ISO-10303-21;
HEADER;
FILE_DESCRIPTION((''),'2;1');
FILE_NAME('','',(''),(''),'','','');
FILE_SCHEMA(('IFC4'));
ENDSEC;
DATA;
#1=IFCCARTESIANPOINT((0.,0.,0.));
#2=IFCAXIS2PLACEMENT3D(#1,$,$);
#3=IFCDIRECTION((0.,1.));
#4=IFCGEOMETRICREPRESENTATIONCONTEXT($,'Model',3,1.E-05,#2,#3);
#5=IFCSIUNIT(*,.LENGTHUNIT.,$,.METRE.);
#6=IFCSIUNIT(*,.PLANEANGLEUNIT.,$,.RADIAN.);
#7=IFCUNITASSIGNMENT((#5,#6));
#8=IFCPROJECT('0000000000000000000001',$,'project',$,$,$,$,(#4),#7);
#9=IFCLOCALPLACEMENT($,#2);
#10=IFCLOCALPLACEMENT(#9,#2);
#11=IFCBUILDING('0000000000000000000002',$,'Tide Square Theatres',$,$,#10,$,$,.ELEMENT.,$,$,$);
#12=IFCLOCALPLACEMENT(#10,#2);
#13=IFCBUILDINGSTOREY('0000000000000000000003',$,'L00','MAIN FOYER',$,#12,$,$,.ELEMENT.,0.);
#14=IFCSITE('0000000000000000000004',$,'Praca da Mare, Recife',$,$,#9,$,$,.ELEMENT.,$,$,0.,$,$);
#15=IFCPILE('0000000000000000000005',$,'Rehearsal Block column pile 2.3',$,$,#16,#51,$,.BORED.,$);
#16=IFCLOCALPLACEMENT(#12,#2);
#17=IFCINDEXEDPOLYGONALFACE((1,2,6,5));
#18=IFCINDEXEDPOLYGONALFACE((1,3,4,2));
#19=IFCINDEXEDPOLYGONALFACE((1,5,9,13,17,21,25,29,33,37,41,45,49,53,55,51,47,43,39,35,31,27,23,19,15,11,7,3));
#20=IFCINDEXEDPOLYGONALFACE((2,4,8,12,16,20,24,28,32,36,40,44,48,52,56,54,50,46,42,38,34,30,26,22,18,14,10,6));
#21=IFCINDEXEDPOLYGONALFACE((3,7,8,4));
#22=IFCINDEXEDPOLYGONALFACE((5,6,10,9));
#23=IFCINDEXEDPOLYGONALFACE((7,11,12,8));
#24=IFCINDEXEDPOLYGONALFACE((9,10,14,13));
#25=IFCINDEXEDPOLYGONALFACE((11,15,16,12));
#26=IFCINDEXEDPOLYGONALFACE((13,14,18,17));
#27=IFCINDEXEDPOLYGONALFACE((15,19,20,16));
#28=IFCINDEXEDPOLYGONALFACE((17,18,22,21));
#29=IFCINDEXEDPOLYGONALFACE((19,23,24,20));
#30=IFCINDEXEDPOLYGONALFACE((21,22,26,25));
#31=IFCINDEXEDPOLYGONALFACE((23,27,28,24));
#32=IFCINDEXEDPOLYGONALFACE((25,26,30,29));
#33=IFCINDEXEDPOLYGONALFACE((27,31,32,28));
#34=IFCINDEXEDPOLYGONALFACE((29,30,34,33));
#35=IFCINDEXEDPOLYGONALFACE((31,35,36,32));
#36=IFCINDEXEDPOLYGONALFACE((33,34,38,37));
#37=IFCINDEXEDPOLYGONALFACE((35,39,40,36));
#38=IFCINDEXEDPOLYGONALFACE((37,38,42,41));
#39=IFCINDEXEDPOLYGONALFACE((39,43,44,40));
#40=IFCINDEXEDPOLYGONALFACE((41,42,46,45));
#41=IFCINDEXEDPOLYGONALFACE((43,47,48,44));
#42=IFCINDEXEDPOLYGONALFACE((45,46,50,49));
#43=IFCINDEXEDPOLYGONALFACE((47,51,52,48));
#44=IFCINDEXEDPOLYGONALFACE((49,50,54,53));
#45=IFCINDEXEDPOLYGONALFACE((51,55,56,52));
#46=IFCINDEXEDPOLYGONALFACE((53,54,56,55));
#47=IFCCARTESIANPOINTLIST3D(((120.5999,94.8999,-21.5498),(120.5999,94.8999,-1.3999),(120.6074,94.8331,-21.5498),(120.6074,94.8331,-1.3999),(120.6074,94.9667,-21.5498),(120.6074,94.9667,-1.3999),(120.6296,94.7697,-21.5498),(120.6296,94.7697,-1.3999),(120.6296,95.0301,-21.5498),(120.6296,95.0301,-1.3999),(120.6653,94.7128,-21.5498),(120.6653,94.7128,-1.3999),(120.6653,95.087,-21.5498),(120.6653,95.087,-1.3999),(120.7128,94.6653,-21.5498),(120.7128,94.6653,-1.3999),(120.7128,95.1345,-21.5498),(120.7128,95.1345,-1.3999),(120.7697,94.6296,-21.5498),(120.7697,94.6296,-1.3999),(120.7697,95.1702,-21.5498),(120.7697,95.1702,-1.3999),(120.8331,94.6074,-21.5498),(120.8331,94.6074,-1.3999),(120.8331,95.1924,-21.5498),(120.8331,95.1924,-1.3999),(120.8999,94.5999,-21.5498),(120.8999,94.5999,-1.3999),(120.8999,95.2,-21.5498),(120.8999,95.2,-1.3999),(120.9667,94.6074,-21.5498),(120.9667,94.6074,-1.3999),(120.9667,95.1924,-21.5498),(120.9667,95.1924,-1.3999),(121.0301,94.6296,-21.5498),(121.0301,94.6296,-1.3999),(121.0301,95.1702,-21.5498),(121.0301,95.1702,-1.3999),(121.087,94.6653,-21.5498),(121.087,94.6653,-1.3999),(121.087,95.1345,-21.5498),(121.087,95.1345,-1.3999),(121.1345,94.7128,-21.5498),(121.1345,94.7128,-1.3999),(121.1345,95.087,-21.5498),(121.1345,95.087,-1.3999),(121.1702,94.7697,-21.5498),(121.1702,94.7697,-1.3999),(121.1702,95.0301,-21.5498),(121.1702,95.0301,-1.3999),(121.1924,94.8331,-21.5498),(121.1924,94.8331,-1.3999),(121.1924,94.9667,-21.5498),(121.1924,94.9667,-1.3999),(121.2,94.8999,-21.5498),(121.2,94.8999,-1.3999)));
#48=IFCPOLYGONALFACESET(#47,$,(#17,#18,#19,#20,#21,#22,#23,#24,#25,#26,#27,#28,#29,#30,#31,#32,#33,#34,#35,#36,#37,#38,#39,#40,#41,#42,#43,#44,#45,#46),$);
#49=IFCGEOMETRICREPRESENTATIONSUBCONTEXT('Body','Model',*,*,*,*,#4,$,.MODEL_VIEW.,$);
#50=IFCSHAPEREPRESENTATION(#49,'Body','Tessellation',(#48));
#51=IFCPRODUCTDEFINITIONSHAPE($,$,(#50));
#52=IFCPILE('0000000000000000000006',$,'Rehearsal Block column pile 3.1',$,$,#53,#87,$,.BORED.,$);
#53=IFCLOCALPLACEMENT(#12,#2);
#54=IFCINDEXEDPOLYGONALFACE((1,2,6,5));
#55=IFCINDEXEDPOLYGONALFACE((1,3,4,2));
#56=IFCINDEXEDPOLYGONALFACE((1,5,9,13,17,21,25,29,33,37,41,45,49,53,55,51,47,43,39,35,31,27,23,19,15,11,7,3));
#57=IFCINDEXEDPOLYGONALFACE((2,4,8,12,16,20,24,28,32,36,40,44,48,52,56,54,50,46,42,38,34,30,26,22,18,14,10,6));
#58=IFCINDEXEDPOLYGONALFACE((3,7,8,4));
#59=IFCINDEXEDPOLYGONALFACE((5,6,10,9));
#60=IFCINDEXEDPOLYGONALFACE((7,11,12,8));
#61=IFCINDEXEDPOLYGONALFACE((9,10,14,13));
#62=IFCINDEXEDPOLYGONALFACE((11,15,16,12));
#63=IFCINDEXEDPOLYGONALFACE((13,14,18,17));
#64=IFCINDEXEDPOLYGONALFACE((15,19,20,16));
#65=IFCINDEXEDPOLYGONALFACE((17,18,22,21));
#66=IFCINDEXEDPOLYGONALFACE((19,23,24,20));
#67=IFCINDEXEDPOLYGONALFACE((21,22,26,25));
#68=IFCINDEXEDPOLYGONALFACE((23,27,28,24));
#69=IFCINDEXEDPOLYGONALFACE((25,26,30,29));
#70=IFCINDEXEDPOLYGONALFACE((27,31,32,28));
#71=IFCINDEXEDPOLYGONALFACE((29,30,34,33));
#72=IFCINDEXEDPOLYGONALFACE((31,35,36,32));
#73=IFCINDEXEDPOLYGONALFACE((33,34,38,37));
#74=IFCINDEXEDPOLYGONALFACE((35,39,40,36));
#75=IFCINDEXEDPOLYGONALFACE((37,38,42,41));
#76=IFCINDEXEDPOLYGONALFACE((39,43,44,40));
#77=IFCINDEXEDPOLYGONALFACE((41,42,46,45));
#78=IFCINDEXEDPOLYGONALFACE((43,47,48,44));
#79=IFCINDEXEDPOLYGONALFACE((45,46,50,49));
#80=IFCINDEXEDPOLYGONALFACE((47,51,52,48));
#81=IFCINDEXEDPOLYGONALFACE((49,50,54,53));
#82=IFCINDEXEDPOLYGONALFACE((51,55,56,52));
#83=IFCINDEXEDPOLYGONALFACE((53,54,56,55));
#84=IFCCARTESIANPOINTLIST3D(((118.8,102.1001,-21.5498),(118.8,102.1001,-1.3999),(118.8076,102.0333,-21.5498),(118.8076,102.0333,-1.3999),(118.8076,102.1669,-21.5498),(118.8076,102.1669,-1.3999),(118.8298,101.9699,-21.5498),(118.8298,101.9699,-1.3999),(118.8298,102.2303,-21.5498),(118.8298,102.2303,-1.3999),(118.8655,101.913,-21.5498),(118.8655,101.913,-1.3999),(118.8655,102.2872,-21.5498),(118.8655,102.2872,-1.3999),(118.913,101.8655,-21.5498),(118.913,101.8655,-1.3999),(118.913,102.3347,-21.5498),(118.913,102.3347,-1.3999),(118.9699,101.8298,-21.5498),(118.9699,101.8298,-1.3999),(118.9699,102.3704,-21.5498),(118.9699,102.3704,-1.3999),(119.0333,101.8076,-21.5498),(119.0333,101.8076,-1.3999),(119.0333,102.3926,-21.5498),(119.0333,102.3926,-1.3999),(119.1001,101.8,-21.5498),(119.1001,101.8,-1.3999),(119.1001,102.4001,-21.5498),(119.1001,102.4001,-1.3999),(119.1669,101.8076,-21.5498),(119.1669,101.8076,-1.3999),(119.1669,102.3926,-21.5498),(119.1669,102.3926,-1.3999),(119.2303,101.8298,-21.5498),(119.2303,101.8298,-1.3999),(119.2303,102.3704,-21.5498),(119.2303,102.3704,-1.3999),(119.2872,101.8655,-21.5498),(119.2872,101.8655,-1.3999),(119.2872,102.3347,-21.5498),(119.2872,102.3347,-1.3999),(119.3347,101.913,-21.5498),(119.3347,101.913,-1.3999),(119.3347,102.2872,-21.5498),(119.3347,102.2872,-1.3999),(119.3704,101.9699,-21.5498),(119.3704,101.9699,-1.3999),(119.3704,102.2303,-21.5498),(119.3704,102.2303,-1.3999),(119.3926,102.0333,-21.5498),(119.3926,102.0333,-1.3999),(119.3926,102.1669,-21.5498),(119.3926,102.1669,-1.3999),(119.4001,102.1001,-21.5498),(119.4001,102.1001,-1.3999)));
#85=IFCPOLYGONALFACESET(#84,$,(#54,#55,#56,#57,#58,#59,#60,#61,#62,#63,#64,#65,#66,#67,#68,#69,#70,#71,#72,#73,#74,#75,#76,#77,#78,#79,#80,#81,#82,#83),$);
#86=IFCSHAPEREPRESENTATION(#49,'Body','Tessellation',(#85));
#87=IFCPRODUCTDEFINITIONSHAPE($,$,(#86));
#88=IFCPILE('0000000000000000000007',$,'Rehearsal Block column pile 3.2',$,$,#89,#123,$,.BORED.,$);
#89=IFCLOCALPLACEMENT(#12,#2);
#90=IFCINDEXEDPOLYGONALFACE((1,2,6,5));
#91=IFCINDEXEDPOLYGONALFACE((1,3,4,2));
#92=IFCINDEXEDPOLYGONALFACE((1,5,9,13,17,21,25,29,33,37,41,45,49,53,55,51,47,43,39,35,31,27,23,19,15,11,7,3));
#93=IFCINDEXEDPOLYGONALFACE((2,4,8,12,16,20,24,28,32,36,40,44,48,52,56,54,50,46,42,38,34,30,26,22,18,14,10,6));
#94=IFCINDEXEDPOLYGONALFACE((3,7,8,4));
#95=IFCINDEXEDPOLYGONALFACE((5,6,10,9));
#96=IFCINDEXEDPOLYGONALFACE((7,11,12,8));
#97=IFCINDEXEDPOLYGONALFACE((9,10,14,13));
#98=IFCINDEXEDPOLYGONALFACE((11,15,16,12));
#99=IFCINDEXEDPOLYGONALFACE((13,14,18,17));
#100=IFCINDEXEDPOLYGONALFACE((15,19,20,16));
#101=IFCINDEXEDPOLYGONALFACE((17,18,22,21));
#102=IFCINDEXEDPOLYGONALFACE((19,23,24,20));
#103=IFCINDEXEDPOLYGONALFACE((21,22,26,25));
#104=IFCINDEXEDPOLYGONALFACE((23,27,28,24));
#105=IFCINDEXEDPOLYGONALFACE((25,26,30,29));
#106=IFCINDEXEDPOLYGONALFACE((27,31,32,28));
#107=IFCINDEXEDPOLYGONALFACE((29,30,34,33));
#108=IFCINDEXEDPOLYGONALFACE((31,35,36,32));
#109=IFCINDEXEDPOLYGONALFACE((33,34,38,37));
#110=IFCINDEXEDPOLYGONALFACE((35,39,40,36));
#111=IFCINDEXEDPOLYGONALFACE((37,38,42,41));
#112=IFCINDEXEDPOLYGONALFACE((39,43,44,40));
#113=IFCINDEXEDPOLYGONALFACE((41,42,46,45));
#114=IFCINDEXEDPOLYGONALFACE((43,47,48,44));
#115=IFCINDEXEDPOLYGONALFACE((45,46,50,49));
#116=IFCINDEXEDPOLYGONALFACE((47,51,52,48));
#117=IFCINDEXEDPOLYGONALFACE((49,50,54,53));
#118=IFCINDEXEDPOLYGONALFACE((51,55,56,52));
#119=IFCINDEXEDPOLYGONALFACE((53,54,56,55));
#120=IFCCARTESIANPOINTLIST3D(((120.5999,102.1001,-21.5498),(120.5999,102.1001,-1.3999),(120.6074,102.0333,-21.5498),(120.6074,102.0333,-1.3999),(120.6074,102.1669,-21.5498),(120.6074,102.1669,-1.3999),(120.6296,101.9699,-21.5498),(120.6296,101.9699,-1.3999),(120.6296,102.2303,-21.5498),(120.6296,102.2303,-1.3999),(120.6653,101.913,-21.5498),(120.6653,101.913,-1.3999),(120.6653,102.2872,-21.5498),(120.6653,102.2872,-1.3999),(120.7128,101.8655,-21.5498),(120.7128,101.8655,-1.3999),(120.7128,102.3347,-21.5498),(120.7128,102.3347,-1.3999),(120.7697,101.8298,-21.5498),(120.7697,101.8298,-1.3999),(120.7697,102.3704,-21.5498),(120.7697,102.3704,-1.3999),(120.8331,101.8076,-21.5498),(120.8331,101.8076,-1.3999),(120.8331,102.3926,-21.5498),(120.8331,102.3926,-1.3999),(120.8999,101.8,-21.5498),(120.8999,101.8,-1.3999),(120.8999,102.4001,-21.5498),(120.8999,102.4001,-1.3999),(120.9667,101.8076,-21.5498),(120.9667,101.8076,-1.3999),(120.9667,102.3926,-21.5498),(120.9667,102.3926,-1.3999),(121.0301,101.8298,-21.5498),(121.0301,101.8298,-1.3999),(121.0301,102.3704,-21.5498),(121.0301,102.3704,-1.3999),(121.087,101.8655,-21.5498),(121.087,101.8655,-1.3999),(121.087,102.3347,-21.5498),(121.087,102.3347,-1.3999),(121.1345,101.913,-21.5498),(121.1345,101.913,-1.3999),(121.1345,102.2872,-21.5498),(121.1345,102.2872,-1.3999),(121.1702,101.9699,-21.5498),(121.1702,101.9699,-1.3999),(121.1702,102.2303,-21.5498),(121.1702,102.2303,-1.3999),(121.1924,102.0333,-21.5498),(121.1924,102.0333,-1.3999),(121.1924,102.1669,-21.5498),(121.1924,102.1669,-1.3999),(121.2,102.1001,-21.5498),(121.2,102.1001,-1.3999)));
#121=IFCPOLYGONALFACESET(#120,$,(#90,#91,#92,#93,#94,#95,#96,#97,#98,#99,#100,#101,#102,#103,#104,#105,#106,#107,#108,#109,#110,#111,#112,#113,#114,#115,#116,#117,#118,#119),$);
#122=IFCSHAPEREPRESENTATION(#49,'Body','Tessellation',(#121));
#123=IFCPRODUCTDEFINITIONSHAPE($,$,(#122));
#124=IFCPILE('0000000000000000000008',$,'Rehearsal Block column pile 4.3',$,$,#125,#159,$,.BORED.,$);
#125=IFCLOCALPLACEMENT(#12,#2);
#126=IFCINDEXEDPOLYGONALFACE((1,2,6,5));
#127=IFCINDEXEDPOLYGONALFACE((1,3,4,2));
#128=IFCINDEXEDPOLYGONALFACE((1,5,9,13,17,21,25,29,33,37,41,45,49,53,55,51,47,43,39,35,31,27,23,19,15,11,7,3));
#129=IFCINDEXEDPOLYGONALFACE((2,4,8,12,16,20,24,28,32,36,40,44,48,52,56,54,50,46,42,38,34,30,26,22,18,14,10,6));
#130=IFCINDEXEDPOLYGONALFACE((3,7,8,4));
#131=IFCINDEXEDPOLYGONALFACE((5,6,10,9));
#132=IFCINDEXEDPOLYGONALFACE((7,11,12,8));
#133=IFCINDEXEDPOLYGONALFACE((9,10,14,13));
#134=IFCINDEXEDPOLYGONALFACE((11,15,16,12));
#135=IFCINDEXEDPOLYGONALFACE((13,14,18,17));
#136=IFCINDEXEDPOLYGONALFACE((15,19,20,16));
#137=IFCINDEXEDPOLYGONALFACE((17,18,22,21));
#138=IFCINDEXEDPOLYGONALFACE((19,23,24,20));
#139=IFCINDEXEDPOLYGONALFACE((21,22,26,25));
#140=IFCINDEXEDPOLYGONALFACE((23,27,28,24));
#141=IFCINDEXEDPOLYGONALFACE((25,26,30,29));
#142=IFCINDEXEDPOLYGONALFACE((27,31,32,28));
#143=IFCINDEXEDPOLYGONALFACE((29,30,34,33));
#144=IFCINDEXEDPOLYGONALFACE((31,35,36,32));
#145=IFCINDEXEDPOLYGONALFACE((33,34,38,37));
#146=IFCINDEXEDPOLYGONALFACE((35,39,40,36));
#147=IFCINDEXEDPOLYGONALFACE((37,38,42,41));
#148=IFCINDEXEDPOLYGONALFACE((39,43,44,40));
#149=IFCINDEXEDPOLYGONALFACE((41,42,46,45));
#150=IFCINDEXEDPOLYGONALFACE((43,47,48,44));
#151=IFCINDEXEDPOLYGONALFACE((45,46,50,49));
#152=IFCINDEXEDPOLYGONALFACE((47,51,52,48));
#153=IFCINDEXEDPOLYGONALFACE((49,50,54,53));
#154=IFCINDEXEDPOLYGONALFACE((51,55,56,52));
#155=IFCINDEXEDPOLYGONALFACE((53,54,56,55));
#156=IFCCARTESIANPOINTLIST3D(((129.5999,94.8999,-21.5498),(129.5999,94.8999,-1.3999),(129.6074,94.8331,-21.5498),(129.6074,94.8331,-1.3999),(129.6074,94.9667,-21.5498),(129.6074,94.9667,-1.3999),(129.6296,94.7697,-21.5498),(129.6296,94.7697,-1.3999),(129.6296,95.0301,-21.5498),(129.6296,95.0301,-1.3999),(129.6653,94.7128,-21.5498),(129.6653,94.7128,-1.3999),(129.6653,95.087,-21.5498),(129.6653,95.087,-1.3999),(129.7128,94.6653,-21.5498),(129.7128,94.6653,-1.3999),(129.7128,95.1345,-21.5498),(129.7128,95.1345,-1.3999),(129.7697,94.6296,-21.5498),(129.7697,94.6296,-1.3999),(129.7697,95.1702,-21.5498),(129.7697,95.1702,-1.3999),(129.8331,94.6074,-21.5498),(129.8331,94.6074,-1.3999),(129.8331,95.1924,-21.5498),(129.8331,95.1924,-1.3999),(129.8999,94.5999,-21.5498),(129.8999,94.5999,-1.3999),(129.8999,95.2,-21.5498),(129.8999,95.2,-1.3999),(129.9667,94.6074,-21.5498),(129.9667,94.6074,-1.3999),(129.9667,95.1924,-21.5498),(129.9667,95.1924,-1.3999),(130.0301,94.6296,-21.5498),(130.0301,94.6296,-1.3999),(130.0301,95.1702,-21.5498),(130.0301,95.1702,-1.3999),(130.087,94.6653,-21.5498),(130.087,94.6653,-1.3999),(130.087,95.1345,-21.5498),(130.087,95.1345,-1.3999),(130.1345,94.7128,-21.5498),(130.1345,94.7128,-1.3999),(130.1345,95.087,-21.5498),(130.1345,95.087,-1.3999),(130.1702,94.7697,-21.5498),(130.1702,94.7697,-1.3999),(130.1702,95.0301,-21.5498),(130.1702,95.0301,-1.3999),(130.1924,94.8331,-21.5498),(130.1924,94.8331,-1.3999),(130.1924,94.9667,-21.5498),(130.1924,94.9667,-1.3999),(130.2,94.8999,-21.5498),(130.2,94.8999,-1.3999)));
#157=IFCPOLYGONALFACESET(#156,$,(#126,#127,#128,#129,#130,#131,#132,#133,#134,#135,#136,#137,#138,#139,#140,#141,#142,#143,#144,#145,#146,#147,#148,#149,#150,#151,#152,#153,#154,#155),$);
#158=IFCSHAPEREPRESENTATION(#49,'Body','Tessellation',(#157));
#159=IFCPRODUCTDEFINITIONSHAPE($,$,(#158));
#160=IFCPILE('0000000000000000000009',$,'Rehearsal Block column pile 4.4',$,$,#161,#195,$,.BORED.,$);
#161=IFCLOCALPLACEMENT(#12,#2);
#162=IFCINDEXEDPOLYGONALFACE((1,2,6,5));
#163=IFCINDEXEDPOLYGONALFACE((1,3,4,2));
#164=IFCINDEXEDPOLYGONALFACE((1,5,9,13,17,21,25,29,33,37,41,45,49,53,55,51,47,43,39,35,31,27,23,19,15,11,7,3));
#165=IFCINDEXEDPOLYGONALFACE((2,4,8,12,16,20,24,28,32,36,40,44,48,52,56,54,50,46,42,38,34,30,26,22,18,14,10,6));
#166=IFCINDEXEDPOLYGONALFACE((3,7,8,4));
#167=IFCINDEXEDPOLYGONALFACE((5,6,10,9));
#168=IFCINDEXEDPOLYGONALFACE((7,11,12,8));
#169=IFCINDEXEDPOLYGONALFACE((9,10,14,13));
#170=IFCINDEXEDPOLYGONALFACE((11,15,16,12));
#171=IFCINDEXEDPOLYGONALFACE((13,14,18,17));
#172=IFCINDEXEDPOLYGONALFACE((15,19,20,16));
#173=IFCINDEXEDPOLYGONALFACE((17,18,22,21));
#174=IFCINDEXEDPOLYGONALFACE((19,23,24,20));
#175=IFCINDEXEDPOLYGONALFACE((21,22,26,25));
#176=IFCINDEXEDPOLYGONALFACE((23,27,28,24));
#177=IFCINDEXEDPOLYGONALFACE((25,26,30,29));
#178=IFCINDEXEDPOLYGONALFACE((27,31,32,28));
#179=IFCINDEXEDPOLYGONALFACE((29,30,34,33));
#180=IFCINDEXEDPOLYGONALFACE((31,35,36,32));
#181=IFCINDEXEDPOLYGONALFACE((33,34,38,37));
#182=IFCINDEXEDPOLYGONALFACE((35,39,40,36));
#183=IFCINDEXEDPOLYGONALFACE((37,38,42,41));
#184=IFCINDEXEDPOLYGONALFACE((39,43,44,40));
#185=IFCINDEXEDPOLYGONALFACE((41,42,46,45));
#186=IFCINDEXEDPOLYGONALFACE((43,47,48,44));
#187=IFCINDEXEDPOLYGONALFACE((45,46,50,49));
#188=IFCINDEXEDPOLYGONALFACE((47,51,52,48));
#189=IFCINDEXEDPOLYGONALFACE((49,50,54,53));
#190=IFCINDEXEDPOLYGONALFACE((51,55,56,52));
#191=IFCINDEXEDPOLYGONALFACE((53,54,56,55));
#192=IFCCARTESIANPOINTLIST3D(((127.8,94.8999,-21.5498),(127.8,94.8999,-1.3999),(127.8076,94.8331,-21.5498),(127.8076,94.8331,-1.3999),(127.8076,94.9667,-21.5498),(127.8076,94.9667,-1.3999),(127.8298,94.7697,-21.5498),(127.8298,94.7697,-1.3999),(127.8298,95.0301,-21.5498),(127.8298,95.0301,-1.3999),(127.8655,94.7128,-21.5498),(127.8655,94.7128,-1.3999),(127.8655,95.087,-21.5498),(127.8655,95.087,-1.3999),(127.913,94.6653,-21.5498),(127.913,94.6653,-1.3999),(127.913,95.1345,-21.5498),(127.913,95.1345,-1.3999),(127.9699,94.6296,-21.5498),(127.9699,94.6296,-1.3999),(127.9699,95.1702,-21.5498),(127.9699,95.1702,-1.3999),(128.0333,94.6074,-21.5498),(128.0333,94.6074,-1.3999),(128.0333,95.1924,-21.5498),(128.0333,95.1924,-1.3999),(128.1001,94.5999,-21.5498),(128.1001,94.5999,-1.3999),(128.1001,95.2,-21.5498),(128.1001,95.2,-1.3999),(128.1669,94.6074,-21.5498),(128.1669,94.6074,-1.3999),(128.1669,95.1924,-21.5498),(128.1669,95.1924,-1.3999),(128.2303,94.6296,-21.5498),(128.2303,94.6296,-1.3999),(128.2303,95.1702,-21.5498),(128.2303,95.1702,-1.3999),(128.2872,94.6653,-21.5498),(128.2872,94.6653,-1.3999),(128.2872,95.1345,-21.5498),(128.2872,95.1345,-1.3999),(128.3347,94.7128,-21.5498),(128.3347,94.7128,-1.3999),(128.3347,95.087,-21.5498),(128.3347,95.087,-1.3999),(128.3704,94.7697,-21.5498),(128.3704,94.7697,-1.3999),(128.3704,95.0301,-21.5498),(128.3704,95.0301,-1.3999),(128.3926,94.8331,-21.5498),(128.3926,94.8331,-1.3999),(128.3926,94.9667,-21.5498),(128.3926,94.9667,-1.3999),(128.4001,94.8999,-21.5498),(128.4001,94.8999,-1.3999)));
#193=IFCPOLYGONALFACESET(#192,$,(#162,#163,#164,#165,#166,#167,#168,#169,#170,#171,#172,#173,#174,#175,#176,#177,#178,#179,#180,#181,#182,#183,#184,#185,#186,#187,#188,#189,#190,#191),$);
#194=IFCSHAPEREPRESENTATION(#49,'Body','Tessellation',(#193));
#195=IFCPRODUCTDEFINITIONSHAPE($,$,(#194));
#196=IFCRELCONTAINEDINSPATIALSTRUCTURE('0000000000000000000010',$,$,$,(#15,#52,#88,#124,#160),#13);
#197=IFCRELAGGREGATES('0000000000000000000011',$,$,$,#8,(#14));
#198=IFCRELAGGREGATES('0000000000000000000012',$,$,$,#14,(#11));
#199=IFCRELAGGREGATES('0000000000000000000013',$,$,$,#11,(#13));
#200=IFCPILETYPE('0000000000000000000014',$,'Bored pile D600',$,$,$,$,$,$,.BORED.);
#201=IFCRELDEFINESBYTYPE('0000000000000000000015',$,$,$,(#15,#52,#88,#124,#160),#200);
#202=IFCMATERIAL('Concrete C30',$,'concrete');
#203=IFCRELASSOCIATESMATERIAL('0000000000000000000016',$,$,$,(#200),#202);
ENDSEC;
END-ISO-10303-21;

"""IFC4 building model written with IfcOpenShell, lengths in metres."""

from ifc_helpers import new_model, si_unit, direction, frame, origin, origin_2d, place, context, subcontext, project, spatial, circle, extrude, material, material_profile, profile_set, type_object, element, save


model = new_model("IFC4")

# Units and contexts
model_context = context("Model", 3, precision=1e-05, world=origin(), true_north=direction((0.0, 1.0)))
body_context = subcontext(model_context, "Body", "Model", "MODEL_VIEW")
ifc_project = project(units=[si_unit("LENGTHUNIT", "METRE"), si_unit("PLANEANGLEUNIT", "RADIAN")], contexts=[model_context])

# Site, building, storey
site_placement = place(None, origin())
site = spatial("IfcSite", under=ifc_project, at=site_placement, Name="Praca da Mare, Recife", CompositionType="ELEMENT", RefElevation=0.0)
building_placement = place(site_placement, origin())
building = spatial("IfcBuilding", under=site, at=building_placement, Name="Tide Square Theatres", CompositionType="ELEMENT")
storey_placement = place(building_placement, origin())
storey = spatial("IfcBuildingStorey", under=building, at=storey_placement, Name="L00", Description="MAIN FOYER", CompositionType="ELEMENT", Elevation=0.0)

# Piles
ifc_material_1 = material(Name="Concrete C30", Category="concrete")
ifc_material_profile_1 = material_profile(ifc_material_1, circle(Radius=0.3, at=origin_2d()))
ifc_profile_set_1 = profile_set([ifc_material_profile_1], Name="Concrete C30")
pile_type = type_object("IfcPileType", Name="Bored pile D600", PredefinedType="BORED", material=ifc_profile_set_1)
for number, where, z_axis, x_axis, name in (
    (1, (120.8999, 94.8999, -1.3999), (0.0, 0.0, -1.0), (1.0, 0.0, 0.0), "Rehearsal Block column pile 2.3"),
    (2, (119.1001, 102.1001, -1.3999), (0.0, 0.0, -1.0), (1.0, 0.0, 0.0), "Rehearsal Block column pile 3.1"),
    (3, (120.8999, 102.1001, -1.3999), (0.0, 0.0, -1.0), (1.0, 0.0, 0.0), "Rehearsal Block column pile 3.2"),
    (4, (129.8999, 94.8999, -1.3999), (0.0, 0.0, -1.0), (1.0, 0.0, 0.0), "Rehearsal Block column pile 4.3"),
    (5, (128.1001, 94.8999, -1.3999), (0.0, 0.0, -1.0), (1.0, 0.0, 0.0), "Rehearsal Block column pile 4.4"),
):
    element("IfcPile", number, at=place(storey_placement, frame(where, z_axis=z_axis, x_axis=x_axis)), inside=storey, type_object=pile_type, Name=name, PredefinedType="BORED", context=body_context, shape_type="SweptSolid", body=[
        extrude(circle(Radius=0.3, at=origin_2d()), origin(), (0.0, 0.0, 1.0), 20.1499),
    ])

save(model, "model.ifc")
